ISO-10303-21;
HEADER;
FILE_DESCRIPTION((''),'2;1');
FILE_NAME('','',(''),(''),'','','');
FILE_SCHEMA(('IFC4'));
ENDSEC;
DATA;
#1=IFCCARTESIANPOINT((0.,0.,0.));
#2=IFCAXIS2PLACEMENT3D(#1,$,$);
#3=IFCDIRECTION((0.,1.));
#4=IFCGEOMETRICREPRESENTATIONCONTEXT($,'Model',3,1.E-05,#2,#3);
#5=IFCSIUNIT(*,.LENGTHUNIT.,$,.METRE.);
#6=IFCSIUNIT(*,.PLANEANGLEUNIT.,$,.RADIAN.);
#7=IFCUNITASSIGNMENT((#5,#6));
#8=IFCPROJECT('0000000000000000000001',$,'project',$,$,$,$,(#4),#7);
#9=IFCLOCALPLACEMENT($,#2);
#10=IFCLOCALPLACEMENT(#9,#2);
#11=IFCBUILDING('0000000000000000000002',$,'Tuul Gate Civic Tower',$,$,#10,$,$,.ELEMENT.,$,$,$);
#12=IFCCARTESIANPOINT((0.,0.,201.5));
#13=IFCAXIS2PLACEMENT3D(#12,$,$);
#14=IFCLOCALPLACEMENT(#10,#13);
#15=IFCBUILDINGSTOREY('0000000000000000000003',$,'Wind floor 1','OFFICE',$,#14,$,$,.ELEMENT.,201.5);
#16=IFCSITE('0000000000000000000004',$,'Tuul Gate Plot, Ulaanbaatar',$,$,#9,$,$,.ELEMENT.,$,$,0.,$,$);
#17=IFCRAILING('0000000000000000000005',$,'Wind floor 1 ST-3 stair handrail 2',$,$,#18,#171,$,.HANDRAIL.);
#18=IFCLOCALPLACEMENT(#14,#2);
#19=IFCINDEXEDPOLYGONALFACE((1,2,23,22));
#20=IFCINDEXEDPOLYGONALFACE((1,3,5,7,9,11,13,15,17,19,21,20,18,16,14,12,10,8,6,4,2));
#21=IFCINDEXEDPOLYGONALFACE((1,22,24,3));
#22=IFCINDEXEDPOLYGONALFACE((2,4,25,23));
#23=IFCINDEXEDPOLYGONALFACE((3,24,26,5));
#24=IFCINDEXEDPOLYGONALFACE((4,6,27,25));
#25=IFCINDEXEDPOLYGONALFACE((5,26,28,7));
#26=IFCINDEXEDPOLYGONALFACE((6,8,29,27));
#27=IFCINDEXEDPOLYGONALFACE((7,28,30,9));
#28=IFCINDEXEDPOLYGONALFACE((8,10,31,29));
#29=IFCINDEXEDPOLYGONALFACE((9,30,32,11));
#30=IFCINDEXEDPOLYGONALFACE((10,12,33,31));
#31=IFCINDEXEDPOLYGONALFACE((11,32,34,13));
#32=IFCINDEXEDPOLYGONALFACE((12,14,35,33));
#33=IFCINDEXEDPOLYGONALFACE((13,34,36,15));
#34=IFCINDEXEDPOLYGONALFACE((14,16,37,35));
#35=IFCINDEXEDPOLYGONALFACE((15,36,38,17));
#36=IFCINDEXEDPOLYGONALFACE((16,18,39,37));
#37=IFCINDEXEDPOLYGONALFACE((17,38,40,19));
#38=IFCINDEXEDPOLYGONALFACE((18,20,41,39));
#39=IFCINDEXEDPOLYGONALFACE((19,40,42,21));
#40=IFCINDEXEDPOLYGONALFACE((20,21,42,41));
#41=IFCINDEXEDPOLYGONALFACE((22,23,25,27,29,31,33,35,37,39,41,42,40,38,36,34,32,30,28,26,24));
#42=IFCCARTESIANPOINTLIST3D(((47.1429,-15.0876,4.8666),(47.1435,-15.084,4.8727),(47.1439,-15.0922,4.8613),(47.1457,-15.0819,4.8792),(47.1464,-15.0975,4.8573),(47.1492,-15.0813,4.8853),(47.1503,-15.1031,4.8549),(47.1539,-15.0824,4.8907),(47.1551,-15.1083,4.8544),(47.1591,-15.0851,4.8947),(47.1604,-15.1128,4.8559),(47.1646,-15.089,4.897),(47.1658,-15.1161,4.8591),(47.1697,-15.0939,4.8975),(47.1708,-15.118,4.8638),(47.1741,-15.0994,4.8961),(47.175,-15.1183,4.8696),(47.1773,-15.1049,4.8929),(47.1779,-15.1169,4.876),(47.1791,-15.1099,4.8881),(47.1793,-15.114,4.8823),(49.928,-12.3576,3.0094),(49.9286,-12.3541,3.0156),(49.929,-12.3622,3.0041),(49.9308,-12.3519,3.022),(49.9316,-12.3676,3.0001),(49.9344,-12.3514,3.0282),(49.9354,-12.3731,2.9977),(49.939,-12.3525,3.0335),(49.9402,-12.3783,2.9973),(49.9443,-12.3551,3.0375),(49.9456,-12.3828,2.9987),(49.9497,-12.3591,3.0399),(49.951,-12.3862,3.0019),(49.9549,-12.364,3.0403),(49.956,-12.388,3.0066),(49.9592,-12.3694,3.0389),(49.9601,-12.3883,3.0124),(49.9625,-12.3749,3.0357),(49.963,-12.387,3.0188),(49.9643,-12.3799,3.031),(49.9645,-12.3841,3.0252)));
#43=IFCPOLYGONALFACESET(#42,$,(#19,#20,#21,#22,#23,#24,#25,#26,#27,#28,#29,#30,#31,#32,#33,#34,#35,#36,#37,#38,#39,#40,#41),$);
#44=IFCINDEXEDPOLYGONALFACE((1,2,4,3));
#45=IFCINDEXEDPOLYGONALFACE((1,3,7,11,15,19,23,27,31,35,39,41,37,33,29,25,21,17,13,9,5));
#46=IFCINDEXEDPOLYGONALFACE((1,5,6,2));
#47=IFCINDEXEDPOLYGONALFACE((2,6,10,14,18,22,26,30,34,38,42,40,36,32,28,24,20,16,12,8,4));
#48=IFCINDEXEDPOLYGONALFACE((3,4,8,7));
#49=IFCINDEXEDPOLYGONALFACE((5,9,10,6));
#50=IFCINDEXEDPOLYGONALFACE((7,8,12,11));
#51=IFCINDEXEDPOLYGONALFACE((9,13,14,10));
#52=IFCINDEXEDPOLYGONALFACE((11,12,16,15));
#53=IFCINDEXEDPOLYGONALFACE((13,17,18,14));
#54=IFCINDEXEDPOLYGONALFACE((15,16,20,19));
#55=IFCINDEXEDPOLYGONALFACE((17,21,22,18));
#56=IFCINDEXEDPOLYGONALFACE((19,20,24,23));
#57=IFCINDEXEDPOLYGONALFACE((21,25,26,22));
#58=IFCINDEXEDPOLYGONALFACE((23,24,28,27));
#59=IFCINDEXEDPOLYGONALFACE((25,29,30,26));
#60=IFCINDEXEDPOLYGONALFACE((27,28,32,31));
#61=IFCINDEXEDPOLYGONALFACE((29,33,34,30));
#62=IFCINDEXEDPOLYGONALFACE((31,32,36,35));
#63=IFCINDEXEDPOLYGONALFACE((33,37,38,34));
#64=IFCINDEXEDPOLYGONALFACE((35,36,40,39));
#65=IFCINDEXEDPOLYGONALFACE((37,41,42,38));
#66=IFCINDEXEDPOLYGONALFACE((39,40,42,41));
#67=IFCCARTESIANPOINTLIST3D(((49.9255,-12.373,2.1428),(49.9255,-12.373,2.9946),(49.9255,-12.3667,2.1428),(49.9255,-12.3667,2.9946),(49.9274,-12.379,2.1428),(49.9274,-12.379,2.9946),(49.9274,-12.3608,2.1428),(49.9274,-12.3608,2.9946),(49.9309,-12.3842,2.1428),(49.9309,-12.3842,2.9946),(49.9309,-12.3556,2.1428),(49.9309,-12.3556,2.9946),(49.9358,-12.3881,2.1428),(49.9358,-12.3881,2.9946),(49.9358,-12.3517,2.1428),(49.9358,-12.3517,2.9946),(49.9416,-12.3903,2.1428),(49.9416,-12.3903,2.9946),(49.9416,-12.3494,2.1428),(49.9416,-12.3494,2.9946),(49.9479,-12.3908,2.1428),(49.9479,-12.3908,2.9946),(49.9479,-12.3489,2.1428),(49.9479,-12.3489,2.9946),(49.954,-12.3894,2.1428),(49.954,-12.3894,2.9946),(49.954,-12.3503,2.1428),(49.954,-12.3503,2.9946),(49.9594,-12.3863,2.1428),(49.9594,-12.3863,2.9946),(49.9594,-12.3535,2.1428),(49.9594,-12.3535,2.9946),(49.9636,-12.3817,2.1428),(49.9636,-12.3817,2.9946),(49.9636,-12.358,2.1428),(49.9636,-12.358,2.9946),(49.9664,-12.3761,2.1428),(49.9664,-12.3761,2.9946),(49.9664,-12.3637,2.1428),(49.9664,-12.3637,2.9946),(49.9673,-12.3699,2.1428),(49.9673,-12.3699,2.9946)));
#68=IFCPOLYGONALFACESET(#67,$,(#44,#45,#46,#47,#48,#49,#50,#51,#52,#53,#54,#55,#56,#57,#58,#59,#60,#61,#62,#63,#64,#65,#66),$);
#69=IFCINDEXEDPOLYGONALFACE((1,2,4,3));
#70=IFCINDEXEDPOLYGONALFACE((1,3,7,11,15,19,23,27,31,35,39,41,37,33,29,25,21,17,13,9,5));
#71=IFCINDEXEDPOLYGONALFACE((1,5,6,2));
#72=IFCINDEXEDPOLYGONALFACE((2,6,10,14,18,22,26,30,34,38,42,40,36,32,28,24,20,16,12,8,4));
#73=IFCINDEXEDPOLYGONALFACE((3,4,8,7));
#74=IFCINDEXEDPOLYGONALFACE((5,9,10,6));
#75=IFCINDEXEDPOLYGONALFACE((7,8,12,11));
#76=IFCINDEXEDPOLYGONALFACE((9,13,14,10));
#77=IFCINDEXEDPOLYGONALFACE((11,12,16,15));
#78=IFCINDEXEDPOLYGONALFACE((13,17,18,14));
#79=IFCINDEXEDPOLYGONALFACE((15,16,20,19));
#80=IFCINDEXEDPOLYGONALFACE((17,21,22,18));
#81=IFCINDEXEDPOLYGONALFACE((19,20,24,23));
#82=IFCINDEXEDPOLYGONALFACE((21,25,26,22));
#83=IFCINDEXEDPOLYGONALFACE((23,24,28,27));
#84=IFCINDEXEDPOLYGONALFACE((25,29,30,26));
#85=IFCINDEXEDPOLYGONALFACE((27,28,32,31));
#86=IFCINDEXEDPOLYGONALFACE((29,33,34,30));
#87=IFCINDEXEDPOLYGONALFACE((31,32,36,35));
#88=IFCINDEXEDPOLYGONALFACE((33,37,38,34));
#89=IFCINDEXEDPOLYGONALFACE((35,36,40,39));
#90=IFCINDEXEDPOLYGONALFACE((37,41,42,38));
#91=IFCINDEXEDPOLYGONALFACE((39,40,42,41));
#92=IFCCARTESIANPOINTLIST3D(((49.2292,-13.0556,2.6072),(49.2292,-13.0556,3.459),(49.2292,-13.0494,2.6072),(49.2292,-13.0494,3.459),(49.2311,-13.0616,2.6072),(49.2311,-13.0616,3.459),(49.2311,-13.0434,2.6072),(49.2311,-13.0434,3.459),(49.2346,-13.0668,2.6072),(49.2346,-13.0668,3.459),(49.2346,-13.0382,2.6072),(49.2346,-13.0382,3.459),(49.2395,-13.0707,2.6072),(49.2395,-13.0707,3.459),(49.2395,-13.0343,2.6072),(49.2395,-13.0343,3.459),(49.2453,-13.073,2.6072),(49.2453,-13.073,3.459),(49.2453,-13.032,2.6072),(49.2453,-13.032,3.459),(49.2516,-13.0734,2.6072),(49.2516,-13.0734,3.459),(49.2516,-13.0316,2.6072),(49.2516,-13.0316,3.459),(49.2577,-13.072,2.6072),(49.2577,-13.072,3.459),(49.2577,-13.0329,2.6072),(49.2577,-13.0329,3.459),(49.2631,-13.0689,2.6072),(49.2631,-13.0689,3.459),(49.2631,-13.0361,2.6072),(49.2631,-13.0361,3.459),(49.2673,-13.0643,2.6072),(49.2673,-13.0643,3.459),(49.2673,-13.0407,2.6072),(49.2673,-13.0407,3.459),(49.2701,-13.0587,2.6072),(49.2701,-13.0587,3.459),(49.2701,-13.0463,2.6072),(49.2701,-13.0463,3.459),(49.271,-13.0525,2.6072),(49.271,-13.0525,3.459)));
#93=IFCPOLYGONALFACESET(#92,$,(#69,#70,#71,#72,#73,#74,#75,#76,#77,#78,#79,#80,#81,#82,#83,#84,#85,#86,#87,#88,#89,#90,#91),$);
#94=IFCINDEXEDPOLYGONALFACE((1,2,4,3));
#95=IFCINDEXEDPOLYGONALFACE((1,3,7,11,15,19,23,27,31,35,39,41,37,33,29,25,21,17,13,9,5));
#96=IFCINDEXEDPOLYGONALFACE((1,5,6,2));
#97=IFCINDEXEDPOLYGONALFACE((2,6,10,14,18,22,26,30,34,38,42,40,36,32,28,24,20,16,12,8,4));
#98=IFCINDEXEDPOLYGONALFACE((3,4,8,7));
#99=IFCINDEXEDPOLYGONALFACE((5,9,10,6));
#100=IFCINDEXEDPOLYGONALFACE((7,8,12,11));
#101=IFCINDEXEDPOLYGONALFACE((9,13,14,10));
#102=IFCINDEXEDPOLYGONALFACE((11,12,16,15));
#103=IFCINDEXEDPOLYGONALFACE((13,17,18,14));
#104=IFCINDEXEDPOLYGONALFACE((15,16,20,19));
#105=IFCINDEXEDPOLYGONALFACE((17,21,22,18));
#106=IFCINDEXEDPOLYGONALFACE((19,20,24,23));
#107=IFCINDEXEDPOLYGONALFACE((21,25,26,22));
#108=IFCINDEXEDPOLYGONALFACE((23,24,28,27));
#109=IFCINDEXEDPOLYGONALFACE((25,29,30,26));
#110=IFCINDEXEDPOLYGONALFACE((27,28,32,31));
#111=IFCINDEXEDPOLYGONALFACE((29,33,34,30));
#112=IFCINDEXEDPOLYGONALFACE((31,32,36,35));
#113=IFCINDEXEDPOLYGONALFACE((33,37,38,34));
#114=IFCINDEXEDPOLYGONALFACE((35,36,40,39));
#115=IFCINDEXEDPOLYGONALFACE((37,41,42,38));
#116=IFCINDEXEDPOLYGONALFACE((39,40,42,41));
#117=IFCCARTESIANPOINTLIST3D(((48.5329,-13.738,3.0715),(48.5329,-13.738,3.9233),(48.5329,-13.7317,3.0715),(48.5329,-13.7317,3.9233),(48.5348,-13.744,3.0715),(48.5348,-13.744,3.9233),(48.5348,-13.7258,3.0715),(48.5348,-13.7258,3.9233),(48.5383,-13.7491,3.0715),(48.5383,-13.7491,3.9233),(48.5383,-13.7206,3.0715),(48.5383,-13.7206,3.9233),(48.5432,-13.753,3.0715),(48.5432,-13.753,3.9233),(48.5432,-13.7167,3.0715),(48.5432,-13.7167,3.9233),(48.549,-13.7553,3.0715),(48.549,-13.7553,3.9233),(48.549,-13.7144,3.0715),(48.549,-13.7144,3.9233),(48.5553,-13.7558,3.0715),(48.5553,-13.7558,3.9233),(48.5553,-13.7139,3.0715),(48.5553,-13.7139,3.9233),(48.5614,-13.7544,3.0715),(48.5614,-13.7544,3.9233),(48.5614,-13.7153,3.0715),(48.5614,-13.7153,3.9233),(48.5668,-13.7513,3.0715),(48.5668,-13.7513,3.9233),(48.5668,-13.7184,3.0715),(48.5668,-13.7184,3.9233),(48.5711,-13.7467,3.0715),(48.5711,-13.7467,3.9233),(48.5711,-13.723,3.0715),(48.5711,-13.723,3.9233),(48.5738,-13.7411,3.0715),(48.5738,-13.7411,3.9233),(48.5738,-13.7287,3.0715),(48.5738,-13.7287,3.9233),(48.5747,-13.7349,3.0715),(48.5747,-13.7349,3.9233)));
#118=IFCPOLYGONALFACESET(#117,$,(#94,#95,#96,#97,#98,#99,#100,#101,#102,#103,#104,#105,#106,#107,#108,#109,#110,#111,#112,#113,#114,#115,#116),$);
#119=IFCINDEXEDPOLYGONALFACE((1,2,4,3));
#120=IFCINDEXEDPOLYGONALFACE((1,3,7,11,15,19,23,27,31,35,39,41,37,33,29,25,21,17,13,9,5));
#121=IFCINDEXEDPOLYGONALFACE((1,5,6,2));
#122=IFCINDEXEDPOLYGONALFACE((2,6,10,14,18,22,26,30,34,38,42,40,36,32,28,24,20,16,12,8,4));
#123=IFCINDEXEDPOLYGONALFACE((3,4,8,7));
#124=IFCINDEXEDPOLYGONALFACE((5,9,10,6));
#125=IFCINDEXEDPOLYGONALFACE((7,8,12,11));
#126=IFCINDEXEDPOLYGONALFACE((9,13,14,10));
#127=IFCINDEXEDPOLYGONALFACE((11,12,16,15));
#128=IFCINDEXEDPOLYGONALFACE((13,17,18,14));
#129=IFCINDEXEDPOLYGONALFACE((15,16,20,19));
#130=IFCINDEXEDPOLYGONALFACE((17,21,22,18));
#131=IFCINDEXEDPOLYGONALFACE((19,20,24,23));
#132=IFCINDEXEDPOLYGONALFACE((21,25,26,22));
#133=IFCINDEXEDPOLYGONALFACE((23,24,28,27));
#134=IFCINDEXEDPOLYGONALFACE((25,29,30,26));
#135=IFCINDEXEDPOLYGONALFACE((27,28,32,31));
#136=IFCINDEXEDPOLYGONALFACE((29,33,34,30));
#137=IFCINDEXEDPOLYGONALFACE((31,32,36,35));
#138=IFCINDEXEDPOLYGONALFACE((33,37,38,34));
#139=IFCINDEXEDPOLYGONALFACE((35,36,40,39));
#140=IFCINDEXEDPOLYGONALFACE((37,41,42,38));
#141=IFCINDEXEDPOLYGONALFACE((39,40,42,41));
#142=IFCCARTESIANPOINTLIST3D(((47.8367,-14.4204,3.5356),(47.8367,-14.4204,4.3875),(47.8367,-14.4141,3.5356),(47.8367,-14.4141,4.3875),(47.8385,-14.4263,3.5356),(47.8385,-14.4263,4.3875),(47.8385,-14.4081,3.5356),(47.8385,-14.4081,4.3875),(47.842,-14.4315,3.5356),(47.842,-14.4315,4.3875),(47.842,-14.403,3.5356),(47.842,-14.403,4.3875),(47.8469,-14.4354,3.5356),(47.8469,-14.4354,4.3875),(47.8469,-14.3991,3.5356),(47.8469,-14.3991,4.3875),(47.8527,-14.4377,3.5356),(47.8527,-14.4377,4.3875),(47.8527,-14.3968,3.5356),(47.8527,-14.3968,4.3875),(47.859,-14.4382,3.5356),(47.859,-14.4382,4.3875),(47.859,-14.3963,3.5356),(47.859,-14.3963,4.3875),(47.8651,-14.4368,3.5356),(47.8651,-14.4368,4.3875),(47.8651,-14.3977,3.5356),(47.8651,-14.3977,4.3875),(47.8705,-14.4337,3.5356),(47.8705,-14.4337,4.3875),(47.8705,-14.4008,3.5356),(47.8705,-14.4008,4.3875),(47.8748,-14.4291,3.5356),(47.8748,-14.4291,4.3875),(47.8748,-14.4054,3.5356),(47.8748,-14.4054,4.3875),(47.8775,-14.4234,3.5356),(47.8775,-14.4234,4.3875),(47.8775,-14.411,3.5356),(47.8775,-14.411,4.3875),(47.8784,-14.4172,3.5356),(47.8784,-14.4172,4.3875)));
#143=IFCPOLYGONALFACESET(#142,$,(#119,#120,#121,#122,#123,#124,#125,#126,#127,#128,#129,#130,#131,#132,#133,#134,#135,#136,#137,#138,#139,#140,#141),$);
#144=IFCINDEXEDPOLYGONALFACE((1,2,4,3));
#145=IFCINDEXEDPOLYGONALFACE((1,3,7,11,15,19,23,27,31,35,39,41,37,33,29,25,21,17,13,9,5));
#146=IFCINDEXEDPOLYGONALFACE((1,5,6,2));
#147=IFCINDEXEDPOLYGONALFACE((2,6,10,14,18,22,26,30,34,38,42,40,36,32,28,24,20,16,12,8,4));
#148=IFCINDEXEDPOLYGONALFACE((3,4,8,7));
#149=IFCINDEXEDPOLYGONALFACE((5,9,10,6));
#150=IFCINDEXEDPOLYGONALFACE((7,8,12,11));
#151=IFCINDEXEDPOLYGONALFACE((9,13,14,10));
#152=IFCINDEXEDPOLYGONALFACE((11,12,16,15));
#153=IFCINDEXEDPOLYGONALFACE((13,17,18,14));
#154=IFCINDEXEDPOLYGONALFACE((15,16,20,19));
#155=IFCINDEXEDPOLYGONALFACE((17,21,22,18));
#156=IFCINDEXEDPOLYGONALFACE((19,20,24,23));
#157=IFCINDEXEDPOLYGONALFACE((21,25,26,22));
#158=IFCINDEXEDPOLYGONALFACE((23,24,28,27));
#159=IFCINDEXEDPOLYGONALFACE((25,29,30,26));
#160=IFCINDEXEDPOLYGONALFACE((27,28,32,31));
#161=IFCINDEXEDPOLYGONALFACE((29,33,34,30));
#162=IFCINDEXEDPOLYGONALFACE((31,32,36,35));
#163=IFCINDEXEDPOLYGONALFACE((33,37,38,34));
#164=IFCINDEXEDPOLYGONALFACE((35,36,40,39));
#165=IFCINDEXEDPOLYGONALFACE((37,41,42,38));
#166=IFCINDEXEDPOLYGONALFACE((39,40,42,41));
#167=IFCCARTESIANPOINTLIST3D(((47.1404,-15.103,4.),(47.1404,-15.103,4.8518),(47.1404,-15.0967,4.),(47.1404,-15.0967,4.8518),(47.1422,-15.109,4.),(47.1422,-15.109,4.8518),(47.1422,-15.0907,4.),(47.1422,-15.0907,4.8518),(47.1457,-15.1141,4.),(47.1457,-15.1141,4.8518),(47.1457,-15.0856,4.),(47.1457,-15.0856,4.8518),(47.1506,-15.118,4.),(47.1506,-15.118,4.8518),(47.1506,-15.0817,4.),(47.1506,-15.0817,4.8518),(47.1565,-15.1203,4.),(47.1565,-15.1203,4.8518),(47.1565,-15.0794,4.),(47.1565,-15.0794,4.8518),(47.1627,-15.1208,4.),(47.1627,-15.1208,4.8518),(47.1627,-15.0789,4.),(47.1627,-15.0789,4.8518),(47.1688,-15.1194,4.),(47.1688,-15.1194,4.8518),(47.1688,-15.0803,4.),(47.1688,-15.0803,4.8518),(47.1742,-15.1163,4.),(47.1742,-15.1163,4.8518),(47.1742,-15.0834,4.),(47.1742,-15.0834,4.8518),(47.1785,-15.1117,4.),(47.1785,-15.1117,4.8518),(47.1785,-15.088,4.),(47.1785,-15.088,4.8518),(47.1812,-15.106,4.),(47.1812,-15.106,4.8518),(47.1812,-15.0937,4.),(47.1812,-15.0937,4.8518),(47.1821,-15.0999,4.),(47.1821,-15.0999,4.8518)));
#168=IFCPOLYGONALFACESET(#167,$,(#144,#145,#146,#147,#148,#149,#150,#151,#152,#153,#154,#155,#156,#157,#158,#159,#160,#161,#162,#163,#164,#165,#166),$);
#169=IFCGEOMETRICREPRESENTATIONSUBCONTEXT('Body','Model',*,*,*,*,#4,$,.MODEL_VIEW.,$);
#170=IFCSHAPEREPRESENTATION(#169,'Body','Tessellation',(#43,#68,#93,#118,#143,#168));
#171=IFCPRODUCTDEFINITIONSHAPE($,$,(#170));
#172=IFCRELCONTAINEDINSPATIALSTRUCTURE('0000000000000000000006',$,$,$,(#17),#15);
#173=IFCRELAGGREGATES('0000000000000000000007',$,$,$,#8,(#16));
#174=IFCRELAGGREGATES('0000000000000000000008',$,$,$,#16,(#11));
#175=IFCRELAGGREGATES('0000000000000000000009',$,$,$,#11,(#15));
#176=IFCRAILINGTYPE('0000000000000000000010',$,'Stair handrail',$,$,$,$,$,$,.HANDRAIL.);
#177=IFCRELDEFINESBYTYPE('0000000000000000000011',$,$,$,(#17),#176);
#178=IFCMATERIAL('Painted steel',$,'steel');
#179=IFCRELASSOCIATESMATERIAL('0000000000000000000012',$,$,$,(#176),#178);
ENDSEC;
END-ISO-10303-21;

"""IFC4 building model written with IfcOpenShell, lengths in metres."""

from ifc_helpers import new_model, si_unit, direction, frame, origin, origin_2d, place, context, subcontext, project, spatial, circle, extrude, material, type_object, element, save


model = new_model("IFC4")

# Units and contexts
model_context = context("Model", 3, precision=1e-05, world=origin(), true_north=direction((0.0, 1.0)))
body_context = subcontext(model_context, "Body", "Model", "MODEL_VIEW")
ifc_project = project(units=[si_unit("LENGTHUNIT", "METRE"), si_unit("PLANEANGLEUNIT", "RADIAN")], contexts=[model_context])

# Site, building, storey
site_placement = place(None, origin())
site = spatial("IfcSite", under=ifc_project, at=site_placement, Name="Tuul Gate Plot, Ulaanbaatar", CompositionType="ELEMENT", RefElevation=0.0)
building_placement = place(site_placement, origin())
building = spatial("IfcBuilding", under=site, at=building_placement, Name="Tuul Gate Civic Tower", CompositionType="ELEMENT")
storey_placement = place(building_placement, frame((0.0, 0.0, 201.5)))
storey = spatial("IfcBuildingStorey", under=building, at=storey_placement, Name="Wind floor 1", Description="OFFICE", CompositionType="ELEMENT", Elevation=201.5)

# Railing
ifc_material_1 = material(Name="Painted steel", Category="steel")
railing_type_1 = type_object("IfcRailingType", Name="Stair handrail", PredefinedType="HANDRAIL", material=ifc_material_1)
for number, where, name in (
    (1, (49.9463, -12.3699, 2.1428), "Wind floor 1 ST-3 stair handrail 2"),
):
    element("IfcRailing", number, at=place(storey_placement, frame(where)), inside=storey, type_object=railing_type_1, Name=name, PredefinedType="HANDRAIL", context=body_context, shape_type="SweptSolid", body=[
        extrude(circle(Radius=0.0239, at=origin_2d()), frame((0.0, 0.0, 0.876), z_axis=(-0.644771, -0.631998, 0.429941), x_axis=(0.699998, -0.714145, 0.0)), (0.0, 0.0, 1.0), 4.3196),
        extrude(circle(Radius=0.021, at=origin_2d()), origin(), (0.0, 0.0, 1.0), 0.8518),
        extrude(circle(Radius=0.021, at=origin_2d()), frame((-0.6963, -0.6826, 0.4644)), (0.0, 0.0, 1.0), 0.8518),
        extrude(circle(Radius=0.021, at=origin_2d()), frame((-1.3926, -1.365, 0.9287)), (0.0, 0.0, 1.0), 0.8518),
        extrude(circle(Radius=0.021, at=origin_2d()), frame((-2.0889, -2.0474, 1.3928)), (0.0, 0.0, 1.0), 0.8518),
        extrude(circle(Radius=0.021, at=origin_2d()), frame((-2.7852, -2.73, 1.8572)), (0.0, 0.0, 1.0), 0.8518),
    ])

save(model, "model.ifc")
